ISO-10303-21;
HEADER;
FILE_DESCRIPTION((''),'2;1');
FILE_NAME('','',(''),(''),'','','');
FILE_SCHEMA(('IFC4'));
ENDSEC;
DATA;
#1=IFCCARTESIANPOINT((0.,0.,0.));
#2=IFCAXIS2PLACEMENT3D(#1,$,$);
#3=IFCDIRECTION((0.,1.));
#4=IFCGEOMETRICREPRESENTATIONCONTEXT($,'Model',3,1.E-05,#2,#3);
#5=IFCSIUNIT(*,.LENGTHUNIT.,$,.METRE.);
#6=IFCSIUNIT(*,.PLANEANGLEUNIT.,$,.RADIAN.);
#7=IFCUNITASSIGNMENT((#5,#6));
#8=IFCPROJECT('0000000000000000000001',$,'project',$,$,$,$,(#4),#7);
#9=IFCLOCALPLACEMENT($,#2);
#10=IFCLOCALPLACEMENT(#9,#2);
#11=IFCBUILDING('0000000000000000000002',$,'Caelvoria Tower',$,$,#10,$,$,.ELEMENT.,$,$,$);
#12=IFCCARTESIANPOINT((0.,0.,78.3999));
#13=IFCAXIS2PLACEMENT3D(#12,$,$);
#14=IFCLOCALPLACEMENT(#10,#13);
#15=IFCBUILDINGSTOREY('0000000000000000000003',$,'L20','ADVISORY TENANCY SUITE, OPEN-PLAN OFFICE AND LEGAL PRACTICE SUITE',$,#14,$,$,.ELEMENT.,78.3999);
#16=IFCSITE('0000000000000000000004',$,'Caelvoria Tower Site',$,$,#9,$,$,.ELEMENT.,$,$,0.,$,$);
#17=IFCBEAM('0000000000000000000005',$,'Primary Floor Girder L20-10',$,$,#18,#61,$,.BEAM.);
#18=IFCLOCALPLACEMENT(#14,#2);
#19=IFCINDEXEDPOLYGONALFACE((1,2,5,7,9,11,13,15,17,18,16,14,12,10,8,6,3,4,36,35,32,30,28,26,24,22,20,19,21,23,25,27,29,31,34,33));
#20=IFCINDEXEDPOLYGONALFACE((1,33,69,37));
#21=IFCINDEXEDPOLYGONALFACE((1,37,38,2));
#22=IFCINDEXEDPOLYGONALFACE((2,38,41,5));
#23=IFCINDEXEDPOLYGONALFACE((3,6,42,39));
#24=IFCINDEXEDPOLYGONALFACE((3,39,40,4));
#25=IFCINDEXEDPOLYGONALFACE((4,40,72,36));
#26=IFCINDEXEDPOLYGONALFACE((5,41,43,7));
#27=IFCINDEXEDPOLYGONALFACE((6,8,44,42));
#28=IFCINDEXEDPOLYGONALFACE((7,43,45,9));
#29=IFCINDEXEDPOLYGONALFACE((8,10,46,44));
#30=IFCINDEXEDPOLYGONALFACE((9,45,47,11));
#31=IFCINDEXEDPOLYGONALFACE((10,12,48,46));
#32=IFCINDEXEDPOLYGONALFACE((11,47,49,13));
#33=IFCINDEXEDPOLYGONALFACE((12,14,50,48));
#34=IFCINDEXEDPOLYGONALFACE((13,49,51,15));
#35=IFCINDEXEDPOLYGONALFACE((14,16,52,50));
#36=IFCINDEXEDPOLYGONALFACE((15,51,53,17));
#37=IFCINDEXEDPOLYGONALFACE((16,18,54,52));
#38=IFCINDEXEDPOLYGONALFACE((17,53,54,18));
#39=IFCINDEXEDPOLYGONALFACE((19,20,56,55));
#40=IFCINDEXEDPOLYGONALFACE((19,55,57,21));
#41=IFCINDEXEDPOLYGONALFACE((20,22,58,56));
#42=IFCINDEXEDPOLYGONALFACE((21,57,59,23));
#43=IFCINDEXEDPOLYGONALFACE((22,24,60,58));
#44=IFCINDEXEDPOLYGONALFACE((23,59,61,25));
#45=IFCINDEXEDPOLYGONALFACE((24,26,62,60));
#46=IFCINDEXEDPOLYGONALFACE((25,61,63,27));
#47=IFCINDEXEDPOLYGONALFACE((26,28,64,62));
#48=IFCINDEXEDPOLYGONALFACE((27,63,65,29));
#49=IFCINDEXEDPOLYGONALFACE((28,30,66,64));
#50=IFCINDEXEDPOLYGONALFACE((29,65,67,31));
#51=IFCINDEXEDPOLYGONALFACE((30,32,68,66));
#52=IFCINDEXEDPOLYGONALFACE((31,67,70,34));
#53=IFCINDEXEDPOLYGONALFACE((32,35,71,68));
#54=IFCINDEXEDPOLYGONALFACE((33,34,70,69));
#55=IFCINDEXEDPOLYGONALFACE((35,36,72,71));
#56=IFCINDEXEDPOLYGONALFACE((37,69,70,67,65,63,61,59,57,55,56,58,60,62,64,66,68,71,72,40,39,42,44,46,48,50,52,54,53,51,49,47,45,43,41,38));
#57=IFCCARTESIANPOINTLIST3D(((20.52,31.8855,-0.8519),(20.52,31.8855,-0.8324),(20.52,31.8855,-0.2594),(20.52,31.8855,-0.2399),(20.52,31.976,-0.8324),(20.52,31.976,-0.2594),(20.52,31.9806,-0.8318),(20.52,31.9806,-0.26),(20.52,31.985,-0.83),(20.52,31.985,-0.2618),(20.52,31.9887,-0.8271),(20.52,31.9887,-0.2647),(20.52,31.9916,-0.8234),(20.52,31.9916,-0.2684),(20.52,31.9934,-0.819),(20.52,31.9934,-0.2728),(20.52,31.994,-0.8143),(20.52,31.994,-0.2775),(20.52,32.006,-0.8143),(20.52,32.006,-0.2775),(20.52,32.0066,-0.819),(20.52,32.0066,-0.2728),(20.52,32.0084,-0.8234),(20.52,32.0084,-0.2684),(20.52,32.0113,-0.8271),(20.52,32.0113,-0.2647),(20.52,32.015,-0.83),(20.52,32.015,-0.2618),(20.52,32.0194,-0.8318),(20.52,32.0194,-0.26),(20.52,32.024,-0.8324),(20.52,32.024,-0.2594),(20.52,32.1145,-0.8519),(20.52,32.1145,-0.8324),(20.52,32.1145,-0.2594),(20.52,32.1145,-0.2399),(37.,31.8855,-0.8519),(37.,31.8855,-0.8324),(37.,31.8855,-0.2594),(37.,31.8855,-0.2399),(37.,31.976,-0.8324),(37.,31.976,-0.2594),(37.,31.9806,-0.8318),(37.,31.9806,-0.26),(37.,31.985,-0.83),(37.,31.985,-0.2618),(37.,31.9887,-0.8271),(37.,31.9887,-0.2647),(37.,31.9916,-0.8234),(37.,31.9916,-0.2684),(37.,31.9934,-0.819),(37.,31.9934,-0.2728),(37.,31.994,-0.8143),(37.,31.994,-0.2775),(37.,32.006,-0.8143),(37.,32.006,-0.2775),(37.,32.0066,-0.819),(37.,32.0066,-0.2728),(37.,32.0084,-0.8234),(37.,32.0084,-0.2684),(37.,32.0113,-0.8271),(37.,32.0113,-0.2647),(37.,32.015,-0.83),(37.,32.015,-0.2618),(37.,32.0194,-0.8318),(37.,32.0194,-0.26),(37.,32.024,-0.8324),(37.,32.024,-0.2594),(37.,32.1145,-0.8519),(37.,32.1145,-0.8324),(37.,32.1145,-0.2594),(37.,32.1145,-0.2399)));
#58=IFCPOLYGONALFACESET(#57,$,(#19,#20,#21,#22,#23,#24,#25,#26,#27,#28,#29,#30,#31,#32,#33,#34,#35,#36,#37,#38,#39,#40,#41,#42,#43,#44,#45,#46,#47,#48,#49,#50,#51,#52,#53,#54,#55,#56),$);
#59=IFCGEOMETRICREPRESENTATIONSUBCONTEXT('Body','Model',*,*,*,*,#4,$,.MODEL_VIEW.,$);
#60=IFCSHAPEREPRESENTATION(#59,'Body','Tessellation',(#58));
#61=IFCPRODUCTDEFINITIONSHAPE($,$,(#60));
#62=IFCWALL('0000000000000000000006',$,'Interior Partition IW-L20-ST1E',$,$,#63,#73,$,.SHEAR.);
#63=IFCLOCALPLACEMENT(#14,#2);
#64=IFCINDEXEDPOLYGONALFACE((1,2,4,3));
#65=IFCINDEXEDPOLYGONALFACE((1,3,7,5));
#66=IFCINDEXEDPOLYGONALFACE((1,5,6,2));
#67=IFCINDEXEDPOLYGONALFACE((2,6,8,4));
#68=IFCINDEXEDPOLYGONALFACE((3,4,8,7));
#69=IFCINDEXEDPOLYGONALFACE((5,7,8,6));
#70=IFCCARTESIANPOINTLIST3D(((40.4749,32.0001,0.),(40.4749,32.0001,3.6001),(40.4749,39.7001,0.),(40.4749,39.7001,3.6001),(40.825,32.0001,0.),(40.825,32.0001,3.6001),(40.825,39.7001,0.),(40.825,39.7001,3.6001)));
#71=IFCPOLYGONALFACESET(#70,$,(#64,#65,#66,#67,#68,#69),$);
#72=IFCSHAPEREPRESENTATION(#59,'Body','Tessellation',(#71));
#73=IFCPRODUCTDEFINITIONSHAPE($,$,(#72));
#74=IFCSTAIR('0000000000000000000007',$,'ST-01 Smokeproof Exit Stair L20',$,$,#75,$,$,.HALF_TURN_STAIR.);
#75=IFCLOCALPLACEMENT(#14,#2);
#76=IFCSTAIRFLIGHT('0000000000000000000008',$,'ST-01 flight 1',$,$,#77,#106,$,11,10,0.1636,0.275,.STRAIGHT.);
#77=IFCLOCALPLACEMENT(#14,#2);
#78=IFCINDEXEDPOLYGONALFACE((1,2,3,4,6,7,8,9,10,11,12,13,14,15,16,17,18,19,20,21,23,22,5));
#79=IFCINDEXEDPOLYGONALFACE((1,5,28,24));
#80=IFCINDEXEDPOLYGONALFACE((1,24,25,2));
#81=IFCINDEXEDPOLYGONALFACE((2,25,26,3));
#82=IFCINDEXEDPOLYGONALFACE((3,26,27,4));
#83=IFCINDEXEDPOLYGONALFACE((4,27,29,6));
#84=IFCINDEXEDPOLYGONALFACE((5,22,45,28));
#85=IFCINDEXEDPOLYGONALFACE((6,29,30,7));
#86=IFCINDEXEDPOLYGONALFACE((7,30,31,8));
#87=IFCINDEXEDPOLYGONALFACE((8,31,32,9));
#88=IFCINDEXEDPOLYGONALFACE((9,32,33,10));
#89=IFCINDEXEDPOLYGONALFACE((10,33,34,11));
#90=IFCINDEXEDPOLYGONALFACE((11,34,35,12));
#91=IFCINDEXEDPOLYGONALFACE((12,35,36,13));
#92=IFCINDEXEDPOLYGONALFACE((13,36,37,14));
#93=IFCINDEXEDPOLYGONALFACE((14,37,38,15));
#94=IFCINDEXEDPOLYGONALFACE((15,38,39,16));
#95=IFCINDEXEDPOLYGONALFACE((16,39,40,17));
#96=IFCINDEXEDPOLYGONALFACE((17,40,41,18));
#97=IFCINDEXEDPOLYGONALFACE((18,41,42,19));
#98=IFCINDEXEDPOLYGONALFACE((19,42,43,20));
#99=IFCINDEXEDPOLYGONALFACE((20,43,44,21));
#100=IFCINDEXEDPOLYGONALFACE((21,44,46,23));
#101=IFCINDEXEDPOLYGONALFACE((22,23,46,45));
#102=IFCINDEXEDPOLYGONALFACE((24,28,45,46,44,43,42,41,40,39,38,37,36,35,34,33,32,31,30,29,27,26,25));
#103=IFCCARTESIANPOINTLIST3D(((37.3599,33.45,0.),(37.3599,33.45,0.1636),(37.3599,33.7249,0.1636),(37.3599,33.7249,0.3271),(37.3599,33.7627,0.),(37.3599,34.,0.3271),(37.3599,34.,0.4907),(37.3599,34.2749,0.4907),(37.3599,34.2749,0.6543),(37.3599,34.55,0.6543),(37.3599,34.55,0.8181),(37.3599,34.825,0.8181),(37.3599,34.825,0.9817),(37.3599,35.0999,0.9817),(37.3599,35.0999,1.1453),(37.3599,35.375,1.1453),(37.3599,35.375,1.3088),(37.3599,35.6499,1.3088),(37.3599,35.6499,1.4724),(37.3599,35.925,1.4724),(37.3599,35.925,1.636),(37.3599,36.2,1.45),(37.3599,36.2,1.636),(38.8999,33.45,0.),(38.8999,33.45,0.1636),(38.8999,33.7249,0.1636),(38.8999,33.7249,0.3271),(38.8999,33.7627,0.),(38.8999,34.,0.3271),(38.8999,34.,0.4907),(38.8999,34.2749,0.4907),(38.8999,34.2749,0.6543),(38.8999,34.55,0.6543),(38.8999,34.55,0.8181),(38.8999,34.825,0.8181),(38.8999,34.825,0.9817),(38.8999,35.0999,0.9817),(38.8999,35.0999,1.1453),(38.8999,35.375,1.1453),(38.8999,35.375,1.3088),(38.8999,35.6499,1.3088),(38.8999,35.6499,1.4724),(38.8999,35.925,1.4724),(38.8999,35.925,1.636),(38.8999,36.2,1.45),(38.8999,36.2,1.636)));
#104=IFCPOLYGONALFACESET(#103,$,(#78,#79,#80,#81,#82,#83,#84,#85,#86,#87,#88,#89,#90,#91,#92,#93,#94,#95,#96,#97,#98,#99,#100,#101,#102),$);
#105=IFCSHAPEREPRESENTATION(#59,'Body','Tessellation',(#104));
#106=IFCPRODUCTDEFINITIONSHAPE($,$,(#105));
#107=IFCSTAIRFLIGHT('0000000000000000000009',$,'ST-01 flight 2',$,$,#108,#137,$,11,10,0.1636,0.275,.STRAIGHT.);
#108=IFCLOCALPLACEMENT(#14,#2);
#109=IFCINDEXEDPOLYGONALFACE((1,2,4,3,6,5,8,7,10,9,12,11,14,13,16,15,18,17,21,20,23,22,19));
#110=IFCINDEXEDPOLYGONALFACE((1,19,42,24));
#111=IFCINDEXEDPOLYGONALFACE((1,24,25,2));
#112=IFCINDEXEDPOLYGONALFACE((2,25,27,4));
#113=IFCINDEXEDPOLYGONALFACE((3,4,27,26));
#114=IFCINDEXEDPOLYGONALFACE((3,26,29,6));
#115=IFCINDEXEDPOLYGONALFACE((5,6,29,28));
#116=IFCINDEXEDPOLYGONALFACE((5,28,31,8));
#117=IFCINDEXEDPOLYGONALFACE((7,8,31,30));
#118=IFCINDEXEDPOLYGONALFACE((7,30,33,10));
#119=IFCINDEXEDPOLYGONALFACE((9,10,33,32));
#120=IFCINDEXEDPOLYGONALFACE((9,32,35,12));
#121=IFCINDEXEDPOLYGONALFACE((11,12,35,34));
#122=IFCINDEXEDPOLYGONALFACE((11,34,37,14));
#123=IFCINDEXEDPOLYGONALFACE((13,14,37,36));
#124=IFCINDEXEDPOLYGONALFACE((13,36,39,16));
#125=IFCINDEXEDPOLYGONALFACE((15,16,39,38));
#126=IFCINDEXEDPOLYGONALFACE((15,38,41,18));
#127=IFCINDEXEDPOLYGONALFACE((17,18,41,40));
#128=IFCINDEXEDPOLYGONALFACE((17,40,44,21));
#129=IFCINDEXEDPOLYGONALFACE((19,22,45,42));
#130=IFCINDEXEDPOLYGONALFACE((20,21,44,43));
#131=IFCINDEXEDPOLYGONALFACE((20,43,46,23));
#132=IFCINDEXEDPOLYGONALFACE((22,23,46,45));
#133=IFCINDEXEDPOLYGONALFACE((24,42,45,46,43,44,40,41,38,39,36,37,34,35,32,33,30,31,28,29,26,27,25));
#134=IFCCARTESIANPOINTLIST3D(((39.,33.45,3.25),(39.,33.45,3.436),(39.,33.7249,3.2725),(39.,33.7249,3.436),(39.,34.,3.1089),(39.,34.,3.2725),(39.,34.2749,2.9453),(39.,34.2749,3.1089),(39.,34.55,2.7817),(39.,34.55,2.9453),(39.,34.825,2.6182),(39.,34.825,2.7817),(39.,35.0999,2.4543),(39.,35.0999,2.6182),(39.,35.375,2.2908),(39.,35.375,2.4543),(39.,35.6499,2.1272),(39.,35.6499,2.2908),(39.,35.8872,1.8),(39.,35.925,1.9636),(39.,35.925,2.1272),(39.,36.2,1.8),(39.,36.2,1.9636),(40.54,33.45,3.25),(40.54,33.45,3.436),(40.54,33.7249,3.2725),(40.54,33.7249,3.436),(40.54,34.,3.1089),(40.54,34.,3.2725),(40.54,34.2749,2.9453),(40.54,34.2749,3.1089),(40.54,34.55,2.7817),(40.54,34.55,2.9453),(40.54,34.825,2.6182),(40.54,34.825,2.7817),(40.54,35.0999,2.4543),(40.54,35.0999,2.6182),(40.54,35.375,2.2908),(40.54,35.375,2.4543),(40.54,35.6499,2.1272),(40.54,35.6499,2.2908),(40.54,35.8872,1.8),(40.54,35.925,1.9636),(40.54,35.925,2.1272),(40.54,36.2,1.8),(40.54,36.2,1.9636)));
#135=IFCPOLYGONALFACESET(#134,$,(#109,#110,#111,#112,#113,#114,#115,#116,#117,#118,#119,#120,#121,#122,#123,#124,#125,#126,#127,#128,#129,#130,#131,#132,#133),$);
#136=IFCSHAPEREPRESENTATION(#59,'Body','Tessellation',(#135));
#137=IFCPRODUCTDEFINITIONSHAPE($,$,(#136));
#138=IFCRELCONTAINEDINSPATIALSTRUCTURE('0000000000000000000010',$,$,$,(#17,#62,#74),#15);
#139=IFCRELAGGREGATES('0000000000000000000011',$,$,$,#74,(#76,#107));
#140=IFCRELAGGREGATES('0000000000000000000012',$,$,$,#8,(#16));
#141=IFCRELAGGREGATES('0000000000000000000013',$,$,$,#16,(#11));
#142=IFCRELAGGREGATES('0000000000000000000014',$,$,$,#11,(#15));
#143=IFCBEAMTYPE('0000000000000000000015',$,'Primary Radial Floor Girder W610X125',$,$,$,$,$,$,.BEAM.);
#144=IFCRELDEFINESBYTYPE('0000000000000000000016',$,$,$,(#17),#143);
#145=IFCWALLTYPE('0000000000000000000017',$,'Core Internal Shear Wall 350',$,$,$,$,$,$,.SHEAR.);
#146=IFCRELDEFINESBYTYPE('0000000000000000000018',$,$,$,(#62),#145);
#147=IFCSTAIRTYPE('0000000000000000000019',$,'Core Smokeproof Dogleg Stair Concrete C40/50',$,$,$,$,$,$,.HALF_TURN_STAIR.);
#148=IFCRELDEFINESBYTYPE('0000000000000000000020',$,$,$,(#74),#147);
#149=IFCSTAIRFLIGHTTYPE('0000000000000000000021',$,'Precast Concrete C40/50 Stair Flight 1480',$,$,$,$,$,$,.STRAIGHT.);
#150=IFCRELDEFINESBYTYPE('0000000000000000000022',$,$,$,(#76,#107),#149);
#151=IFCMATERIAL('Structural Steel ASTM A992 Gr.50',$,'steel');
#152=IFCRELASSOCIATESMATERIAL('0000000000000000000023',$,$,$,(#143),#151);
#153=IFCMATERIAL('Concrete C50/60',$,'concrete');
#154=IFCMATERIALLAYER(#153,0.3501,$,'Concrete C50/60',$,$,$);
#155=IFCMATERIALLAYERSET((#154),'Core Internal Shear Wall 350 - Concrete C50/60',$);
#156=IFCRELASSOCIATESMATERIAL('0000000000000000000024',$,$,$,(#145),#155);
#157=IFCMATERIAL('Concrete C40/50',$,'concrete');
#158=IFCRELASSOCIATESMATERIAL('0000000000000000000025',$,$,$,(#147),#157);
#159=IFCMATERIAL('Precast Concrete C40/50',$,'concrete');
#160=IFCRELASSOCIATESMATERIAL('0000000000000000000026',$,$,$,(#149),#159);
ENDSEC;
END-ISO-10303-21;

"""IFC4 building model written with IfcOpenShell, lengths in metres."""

from ifc_helpers import new_model, si_unit, direction, frame, frame_2d, origin, origin_2d, place, context, subcontext, project, spatial, polyline, rectangle, i_section, outline, extrude, material, layer, layer_set, material_profile, profile_set, type_object, element, aggregate, save


model = new_model("IFC4")

# Units and contexts
model_context = context("Model", 3, precision=1e-05, world=origin(), true_north=direction((0.0, 1.0)))
body_context = subcontext(model_context, "Body", "Model", "MODEL_VIEW")
ifc_project = project(units=[si_unit("LENGTHUNIT", "METRE"), si_unit("PLANEANGLEUNIT", "RADIAN")], contexts=[model_context])

# Site, building, storey
site_placement = place(None, origin())
site = spatial("IfcSite", under=ifc_project, at=site_placement, Name="Caelvoria Tower Site", CompositionType="ELEMENT", RefElevation=0.0)
building_placement = place(site_placement, origin())
building = spatial("IfcBuilding", under=site, at=building_placement, Name="Caelvoria Tower", CompositionType="ELEMENT")
storey_placement = place(building_placement, frame((0.0, 0.0, 78.3999)))
storey = spatial("IfcBuildingStorey", under=building, at=storey_placement, Name="L20", Description="ADVISORY TENANCY SUITE, OPEN-PLAN OFFICE AND LEGAL PRACTICE SUITE", CompositionType="ELEMENT", Elevation=78.3999)

# Beam
ifc_material_1 = material(Name="Structural Steel ASTM A992 Gr.50", Category="steel")
ifc_material_profile_1 = material_profile(ifc_material_1, i_section(OverallWidth=0.229, OverallDepth=0.6121, WebThickness=0.012, FlangeThickness=0.0195, FilletRadius=0.0181, at=origin_2d()), Name="Structural Steel ASTM A992 Gr.50")
ifc_profile_set_1 = profile_set([ifc_material_profile_1], Name="W610X125 - Structural Steel ASTM A992 Gr.50")
beam_type_1 = type_object("IfcBeamType", Name="Primary Radial Floor Girder W610X125", PredefinedType="BEAM", material=ifc_profile_set_1)
beam_1_placement = place(storey_placement, frame((37.0, 32.0, -0.5459), z_axis=(-1.0, 0.0, 0.0), x_axis=(0.0, -1.0, 0.0)))
element("IfcBeam", 1, at=beam_1_placement, inside=storey, type_object=beam_type_1, Name="Primary Floor Girder L20-10", PredefinedType="BEAM", context=body_context, shape_type="SweptSolid", body=[
    extrude(i_section(OverallWidth=0.229, OverallDepth=0.6121, WebThickness=0.012, FlangeThickness=0.0195, FilletRadius=0.0181, at=origin_2d()), origin(), (0.0, 0.0, 1.0), 16.48),
])

# Wall
ifc_material_2 = material(Name="Concrete C50/60", Category="concrete")
ifc_layer_1 = layer(ifc_material_2, 0.3501, Name="Concrete C50/60")
ifc_layer_set_1 = layer_set([ifc_layer_1], Name="Core Internal Shear Wall 350 - Concrete C50/60")
wall_type_1 = type_object("IfcWallType", Name="Core Internal Shear Wall 350", PredefinedType="SHEAR", material=ifc_layer_set_1)
wall_1_placement = place(storey_placement, frame((40.6499, 32.0, 0.0), z_axis=(0.0, 0.0, 1.0), x_axis=(0.0, 1.0, 0.0)))
element("IfcWall", 2, at=wall_1_placement, inside=storey, type_object=wall_type_1, Name="Interior Partition IW-L20-ST1E", PredefinedType="SHEAR", context=body_context, shape_type="SweptSolid", body=[
    extrude(rectangle(XDim=7.7, YDim=0.3501, at=frame_2d((3.8501, 0.0))), origin(), (0.0, 0.0, 1.0), 3.6001),
])

# Stair, stair flights
ifc_material_3 = material(Name="Concrete C40/50", Category="concrete")
stair_type = type_object("IfcStairType", Name="Core Smokeproof Dogleg Stair Concrete C40/50", PredefinedType="HALF_TURN_STAIR", material=ifc_material_3)
stair_placement = place(storey_placement, origin())
stair = element("IfcStair", 3, at=stair_placement, inside=storey, type_object=stair_type, Name="ST-01 Smokeproof Exit Stair L20", PredefinedType="HALF_TURN_STAIR")
ifc_material_4 = material(Name="Precast Concrete C40/50", Category="concrete")
stair_flight_type = type_object("IfcStairFlightType", Name="Precast Concrete C40/50 Stair Flight 1480", PredefinedType="STRAIGHT", material=ifc_material_4)
stair_flight_1_placement = place(storey_placement, frame((38.1299, 33.45, 0.0), z_axis=(0.0, 0.0, 1.0), x_axis=(0.0, 1.0, 0.0)))
stair_flight_1 = element("IfcStairFlight", 4, at=stair_flight_1_placement, type_object=stair_flight_type, Name="ST-01 flight 1", NumberOfRisers=11, NumberOfTreads=10, PredefinedType="STRAIGHT", RiserHeight=0.1636, TreadLength=0.275, context=body_context, shape_type="SweptSolid", body=[
    extrude(outline(polyline([(0.0, 0.0), (0.0, 0.1636), (0.2749, 0.1636), (0.2749, 0.3271), (0.55, 0.3271), (0.55, 0.4907), (0.825, 0.4907), (0.825, 0.6543), (1.1001, 0.6543), (1.1001, 0.8181), (1.375, 0.8181), (1.375, 0.9817), (1.6499, 0.9817), (1.6499, 1.1453), (1.925, 1.1453), (1.925, 1.3088), (2.2, 1.3088), (2.2, 1.4724), (2.4751, 1.4724), (2.4751, 1.636), (2.75, 1.636), (2.75, 1.7996), (2.75, 1.45), (0.3127, 0.0), (0.0, 0.0)])), frame((0.0, 0.77, 0.0), z_axis=(0.0, -1.0, 0.0), x_axis=(1.0, 0.0, 0.0)), (0.0, 0.0, 1.0), 1.54),
])
stair_flight_2_placement = place(storey_placement, frame((39.77, 36.2, 1.8), z_axis=(0.0, 0.0, 1.0), x_axis=(0.0, -1.0, 0.0)))
stair_flight_2 = element("IfcStairFlight", 5, at=stair_flight_2_placement, type_object=stair_flight_type, Name="ST-01 flight 2", NumberOfRisers=11, NumberOfTreads=10, PredefinedType="STRAIGHT", RiserHeight=0.1636, TreadLength=0.275, context=body_context, shape_type="SweptSolid", body=[
    extrude(outline(polyline([(0.0, 0.0), (0.0, 0.1636), (0.2749, 0.1636), (0.2749, 0.3271), (0.55, 0.3271), (0.55, 0.4907), (0.825, 0.4907), (0.825, 0.6543), (1.1001, 0.6543), (1.1001, 0.8181), (1.375, 0.8181), (1.375, 0.9817), (1.6499, 0.9817), (1.6499, 1.1453), (1.925, 1.1453), (1.925, 1.3088), (2.2, 1.3088), (2.2, 1.4724), (2.4751, 1.4724), (2.4751, 1.636), (2.75, 1.636), (2.75, 1.7996), (2.75, 1.45), (0.3127, 0.0), (0.0, 0.0)])), frame((0.0, 0.77, 0.0), z_axis=(0.0, -1.0, 0.0), x_axis=(1.0, 0.0, 0.0)), (0.0, 0.0, 1.0), 1.54),
])
aggregate(stair, [stair_flight_1, stair_flight_2])

save(model, "model.ifc")
